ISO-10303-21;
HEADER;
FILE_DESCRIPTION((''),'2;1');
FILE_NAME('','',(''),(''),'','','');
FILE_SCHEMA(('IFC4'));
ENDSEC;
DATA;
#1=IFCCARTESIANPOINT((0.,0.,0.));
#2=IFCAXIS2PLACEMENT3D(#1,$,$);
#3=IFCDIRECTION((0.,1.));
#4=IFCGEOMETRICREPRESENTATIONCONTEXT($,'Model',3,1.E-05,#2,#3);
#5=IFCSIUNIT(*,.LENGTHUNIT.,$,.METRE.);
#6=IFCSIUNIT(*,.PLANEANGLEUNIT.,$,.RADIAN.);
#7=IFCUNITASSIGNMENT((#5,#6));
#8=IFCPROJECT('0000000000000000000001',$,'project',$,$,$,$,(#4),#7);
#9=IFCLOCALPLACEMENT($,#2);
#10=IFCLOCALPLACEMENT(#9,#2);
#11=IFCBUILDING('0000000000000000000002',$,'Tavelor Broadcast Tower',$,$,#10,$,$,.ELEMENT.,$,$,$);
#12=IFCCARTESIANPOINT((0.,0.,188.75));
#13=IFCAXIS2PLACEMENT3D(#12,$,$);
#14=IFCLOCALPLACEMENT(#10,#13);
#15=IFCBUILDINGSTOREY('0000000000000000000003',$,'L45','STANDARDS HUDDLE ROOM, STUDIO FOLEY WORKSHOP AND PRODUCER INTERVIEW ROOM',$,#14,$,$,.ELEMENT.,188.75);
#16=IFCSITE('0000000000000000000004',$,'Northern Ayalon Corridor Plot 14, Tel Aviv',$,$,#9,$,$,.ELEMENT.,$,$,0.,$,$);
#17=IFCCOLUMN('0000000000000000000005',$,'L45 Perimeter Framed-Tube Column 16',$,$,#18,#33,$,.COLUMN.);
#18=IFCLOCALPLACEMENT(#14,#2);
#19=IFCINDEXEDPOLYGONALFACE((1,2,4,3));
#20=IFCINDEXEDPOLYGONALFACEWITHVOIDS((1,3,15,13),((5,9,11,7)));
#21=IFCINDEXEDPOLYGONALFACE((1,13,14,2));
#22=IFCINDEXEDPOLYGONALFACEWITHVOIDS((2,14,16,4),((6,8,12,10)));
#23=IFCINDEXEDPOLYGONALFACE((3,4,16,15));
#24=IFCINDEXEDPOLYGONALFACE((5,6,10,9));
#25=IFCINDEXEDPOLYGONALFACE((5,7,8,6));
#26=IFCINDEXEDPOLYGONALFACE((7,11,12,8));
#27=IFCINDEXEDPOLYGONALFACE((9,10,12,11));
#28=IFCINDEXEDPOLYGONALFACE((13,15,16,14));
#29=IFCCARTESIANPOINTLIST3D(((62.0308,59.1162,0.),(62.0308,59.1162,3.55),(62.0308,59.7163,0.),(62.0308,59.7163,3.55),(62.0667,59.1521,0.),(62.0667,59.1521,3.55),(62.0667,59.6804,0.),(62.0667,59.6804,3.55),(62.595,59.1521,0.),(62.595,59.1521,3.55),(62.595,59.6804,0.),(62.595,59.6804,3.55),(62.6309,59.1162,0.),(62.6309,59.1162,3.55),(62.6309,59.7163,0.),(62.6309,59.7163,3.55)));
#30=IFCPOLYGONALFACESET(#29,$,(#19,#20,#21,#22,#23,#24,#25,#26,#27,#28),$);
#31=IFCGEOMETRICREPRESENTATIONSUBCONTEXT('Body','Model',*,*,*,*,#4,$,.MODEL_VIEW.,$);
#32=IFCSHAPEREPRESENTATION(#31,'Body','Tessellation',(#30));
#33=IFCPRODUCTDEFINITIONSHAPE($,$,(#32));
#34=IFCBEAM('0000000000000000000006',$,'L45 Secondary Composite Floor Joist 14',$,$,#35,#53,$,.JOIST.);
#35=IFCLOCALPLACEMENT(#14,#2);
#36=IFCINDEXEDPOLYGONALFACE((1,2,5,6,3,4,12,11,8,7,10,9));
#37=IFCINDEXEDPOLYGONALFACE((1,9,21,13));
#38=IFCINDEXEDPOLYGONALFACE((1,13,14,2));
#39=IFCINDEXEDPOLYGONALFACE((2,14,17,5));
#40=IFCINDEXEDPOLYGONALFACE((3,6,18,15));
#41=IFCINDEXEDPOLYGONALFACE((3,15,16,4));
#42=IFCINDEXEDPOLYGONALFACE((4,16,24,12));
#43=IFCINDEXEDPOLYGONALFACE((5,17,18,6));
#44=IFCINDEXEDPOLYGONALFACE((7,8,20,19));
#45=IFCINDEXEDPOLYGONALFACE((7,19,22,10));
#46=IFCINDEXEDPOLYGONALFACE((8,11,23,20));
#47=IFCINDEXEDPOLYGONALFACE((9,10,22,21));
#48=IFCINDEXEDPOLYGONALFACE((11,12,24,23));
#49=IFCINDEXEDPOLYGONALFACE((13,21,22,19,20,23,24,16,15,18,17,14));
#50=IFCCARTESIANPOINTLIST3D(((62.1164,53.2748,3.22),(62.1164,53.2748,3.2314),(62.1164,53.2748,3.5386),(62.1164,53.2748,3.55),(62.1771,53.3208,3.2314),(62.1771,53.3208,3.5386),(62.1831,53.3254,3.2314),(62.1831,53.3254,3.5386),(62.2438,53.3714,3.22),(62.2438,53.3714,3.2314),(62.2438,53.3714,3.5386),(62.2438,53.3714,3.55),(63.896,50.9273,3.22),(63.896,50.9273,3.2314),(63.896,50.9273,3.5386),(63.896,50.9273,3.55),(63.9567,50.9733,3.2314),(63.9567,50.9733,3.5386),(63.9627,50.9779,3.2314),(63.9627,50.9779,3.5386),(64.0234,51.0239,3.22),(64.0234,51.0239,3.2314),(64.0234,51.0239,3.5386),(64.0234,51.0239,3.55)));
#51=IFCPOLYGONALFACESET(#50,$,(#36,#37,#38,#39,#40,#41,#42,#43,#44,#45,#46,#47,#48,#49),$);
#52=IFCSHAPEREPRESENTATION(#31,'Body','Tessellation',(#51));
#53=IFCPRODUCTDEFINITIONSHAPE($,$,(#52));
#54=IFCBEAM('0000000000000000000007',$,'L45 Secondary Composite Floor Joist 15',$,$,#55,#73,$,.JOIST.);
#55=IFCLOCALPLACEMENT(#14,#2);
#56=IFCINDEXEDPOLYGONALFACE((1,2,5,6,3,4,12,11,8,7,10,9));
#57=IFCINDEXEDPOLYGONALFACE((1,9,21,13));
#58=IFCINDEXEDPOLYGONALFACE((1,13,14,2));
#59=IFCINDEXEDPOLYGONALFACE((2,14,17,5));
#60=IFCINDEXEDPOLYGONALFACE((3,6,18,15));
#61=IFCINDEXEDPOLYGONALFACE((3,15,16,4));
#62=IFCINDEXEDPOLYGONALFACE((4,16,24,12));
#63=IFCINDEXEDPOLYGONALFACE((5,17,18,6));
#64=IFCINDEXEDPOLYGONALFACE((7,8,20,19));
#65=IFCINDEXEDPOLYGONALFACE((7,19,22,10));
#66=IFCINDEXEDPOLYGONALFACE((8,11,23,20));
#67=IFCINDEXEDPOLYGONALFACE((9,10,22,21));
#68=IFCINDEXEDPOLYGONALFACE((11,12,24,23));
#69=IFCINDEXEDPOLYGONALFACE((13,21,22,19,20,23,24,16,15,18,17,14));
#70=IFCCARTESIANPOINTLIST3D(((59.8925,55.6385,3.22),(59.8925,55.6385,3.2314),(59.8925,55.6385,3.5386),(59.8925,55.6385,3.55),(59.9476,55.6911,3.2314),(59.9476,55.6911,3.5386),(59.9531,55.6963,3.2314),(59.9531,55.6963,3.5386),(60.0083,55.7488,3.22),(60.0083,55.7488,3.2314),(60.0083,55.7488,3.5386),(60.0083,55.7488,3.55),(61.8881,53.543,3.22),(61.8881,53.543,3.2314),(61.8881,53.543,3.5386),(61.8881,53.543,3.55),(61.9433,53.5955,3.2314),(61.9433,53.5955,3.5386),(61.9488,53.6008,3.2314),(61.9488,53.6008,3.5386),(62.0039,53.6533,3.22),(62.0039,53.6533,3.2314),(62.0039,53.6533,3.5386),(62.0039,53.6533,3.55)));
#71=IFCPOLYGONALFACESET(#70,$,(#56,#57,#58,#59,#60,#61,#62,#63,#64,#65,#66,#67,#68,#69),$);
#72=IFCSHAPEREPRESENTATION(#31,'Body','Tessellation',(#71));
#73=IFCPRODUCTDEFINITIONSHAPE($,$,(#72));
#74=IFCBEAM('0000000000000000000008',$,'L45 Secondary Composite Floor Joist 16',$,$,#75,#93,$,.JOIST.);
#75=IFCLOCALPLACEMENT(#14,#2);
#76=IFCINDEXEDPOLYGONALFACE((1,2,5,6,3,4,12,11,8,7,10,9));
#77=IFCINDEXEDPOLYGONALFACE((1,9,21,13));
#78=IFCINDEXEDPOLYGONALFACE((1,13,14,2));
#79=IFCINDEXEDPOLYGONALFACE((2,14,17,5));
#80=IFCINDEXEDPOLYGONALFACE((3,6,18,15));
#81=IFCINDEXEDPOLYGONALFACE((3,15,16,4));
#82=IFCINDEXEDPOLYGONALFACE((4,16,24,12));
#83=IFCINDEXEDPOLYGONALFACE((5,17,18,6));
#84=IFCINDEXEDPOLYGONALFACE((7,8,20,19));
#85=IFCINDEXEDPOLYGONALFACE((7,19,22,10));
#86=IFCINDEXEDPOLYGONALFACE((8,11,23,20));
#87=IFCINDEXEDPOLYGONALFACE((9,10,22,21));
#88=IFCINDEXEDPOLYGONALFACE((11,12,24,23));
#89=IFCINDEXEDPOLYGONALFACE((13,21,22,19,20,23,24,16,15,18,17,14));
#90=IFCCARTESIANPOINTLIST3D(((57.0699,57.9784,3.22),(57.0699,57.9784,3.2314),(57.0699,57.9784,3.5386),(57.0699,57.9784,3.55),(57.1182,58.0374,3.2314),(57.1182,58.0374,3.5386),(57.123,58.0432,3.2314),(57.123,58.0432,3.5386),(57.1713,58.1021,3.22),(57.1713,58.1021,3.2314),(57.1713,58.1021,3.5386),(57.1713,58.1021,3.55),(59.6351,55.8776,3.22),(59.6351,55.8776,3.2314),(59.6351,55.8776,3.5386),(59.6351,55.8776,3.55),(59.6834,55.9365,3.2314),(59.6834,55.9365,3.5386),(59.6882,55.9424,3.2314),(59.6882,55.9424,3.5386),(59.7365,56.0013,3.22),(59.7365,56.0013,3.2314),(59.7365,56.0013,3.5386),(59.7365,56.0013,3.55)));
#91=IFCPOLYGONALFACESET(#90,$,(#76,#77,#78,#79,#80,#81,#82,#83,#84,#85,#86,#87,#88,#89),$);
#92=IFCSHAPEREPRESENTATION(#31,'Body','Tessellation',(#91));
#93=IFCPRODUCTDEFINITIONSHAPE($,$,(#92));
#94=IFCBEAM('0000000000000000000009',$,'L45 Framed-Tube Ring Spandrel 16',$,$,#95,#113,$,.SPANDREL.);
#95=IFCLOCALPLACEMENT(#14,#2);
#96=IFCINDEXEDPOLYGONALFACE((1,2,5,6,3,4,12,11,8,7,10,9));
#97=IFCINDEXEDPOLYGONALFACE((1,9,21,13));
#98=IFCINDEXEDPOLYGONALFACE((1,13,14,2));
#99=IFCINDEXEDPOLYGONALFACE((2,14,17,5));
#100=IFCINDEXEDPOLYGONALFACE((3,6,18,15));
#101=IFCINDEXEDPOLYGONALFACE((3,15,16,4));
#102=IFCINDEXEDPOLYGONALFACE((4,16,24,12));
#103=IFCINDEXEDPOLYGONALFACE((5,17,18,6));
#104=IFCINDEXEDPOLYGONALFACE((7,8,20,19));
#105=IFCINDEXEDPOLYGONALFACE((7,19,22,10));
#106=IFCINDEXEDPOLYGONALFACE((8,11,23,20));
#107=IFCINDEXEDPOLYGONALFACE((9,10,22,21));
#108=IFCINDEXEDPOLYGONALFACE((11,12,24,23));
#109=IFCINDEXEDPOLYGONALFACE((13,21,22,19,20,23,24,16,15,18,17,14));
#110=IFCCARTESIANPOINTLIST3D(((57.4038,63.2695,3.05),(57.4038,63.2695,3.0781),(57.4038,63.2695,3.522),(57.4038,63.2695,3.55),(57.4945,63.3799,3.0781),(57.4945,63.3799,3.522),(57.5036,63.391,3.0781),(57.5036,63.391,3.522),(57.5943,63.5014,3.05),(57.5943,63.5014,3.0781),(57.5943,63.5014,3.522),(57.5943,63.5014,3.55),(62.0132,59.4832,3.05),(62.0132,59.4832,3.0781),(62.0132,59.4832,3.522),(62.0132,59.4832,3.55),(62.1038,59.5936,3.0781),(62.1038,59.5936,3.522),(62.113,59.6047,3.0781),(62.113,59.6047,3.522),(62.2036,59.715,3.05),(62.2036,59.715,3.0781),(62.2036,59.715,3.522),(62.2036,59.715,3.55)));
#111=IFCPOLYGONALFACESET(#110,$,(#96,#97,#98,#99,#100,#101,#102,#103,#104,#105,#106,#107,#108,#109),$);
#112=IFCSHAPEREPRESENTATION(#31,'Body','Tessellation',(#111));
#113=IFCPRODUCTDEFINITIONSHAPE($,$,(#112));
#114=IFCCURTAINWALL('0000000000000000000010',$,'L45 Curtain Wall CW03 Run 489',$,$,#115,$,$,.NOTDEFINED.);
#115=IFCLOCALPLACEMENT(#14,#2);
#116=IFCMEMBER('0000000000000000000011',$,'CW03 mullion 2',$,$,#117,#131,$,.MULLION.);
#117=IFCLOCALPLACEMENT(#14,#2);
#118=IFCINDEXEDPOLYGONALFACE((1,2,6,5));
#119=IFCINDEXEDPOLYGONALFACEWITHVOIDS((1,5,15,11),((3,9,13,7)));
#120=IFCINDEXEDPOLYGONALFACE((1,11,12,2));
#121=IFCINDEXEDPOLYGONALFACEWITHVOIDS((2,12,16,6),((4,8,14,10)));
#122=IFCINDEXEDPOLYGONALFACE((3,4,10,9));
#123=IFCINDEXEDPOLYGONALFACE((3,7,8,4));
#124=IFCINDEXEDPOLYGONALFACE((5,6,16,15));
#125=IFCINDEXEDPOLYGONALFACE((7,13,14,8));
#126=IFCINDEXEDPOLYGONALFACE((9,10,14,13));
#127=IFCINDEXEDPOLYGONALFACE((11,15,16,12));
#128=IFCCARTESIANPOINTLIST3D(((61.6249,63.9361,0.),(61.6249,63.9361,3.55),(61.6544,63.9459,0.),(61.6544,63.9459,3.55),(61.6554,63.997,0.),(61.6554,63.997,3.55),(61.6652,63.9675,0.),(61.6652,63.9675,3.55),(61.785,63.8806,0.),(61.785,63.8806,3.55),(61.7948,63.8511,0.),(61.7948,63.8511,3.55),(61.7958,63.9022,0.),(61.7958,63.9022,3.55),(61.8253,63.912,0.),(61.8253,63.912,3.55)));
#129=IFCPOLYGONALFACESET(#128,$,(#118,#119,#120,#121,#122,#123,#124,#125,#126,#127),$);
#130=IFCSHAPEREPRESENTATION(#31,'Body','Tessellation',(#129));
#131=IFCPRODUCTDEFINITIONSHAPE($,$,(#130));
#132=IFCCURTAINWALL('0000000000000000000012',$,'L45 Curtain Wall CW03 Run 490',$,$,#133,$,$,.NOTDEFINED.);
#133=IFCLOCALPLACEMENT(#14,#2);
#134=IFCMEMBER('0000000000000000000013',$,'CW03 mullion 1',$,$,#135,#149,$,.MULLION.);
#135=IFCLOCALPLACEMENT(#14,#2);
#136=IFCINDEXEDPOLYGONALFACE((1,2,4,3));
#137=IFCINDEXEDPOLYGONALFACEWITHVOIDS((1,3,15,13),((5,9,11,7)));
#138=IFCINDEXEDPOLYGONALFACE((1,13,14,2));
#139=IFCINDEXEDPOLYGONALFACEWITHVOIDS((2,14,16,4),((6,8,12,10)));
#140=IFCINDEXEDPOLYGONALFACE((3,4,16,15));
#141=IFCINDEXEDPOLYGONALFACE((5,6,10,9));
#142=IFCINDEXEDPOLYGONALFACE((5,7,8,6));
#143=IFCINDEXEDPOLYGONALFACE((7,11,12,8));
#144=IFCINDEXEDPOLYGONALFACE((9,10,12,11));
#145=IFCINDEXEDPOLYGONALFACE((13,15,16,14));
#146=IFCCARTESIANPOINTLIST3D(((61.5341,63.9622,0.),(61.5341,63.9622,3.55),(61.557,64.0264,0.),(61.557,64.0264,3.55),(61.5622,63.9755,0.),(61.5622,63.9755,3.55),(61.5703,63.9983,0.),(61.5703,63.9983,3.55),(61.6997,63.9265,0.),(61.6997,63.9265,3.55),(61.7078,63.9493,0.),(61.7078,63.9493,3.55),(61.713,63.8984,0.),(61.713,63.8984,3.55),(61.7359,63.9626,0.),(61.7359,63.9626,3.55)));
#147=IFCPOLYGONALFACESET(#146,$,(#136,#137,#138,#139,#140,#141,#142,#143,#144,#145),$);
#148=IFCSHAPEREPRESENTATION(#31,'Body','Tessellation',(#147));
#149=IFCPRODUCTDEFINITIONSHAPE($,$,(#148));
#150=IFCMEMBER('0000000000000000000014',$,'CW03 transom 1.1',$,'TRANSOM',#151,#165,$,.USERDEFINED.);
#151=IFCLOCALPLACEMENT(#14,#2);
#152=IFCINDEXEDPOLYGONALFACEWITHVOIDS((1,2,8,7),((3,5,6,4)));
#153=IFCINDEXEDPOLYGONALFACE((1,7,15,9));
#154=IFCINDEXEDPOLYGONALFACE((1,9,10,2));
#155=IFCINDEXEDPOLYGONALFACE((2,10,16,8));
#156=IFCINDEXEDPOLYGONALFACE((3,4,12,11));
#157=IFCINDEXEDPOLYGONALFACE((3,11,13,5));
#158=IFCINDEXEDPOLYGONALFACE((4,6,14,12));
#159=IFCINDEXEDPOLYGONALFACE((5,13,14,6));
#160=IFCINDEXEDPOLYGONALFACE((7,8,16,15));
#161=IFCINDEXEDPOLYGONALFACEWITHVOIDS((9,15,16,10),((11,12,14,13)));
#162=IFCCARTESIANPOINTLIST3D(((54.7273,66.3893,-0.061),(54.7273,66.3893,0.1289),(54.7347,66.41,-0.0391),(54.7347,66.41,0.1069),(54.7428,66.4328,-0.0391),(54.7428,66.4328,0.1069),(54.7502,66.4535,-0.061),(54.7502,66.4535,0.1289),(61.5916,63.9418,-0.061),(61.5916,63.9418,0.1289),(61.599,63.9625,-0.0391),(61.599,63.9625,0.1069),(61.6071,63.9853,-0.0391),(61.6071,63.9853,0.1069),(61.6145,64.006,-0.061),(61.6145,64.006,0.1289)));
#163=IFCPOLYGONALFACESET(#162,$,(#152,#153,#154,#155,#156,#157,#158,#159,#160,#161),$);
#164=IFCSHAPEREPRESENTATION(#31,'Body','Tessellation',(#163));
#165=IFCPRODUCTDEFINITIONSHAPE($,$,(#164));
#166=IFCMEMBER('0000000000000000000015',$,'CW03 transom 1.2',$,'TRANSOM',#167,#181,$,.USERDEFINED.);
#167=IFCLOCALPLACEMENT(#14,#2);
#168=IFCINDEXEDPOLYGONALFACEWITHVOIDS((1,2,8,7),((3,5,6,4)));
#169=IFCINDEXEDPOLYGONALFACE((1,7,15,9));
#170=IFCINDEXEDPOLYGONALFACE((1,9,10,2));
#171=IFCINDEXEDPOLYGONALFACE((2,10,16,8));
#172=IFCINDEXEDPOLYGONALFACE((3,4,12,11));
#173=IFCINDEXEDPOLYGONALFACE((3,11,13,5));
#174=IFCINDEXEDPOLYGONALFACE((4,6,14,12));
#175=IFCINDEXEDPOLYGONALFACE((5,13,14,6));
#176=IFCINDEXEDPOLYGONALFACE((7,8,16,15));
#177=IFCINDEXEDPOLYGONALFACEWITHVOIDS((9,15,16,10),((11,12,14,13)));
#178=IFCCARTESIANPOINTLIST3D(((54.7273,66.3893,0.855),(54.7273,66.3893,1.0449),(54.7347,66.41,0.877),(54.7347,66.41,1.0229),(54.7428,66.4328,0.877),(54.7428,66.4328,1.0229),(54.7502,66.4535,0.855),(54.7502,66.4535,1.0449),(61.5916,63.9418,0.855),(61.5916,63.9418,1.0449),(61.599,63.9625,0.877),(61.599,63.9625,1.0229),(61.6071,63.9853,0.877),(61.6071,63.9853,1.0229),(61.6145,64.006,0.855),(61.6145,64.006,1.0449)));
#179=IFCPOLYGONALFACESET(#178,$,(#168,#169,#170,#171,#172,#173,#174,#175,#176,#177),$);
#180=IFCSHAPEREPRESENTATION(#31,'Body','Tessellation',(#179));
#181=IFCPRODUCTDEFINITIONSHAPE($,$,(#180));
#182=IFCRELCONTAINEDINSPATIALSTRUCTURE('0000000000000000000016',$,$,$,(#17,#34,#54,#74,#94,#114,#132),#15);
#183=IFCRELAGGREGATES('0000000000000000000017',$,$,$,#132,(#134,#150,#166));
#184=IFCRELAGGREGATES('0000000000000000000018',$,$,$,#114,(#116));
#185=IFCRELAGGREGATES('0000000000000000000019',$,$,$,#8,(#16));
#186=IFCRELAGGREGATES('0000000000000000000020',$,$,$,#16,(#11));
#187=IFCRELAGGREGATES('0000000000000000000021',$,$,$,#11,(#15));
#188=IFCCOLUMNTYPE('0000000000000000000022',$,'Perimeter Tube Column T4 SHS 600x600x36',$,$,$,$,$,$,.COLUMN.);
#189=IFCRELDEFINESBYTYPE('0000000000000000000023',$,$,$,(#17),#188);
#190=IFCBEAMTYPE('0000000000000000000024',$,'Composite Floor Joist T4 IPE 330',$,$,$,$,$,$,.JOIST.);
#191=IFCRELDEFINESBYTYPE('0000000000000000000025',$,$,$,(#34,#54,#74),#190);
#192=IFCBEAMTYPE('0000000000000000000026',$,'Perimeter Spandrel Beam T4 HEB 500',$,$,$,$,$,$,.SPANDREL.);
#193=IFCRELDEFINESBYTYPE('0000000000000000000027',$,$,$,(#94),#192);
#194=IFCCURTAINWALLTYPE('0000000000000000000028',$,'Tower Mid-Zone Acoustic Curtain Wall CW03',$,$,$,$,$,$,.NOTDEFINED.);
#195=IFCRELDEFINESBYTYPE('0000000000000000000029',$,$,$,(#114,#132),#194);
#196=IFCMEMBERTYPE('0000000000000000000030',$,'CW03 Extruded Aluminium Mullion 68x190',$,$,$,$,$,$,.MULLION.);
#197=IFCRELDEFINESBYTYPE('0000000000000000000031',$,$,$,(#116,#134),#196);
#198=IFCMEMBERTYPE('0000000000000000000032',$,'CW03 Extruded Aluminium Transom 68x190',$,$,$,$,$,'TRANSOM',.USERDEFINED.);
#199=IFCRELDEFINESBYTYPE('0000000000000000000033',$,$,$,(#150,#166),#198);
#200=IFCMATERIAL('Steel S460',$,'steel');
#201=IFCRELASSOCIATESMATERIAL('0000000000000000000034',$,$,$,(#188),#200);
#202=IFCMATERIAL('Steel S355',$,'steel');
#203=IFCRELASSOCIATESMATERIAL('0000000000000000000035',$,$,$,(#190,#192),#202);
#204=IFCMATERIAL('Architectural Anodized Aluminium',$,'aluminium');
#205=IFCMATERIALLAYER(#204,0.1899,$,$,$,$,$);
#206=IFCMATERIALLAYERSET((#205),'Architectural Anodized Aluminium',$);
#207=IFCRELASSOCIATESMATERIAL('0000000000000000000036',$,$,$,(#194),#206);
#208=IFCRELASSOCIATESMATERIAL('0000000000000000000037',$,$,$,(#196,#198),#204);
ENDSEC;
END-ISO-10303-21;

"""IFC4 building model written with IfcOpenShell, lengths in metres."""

from ifc_helpers import new_model, si_unit, direction, frame, origin, origin_2d, place, context, subcontext, project, spatial, hollow_rectangle, i_section, extrude, source, transform, mapped, material, layer, layer_set, material_profile, profile_set, type_object, type_shapes, element, aggregate, save


model = new_model("IFC4")

# Units and contexts
model_context = context("Model", 3, precision=1e-05, world=origin(), true_north=direction((0.0, 1.0)))
body_context = subcontext(model_context, "Body", "Model", "MODEL_VIEW")
ifc_project = project(units=[si_unit("LENGTHUNIT", "METRE"), si_unit("PLANEANGLEUNIT", "RADIAN")], contexts=[model_context])

# Site, building, storey
site_placement = place(None, origin())
site = spatial("IfcSite", under=ifc_project, at=site_placement, Name="Northern Ayalon Corridor Plot 14, Tel Aviv", CompositionType="ELEMENT", RefElevation=0.0)
building_placement = place(site_placement, origin())
building = spatial("IfcBuilding", under=site, at=building_placement, Name="Tavelor Broadcast Tower", CompositionType="ELEMENT")
storey_placement = place(building_placement, frame((0.0, 0.0, 188.75)))
storey = spatial("IfcBuildingStorey", under=building, at=storey_placement, Name="L45", Description="STANDARDS HUDDLE ROOM, STUDIO FOLEY WORKSHOP AND PRODUCER INTERVIEW ROOM", CompositionType="ELEMENT", Elevation=188.75)

# Column
ifc_material_1 = material(Name="Steel S460", Category="steel")
ifc_material_profile_1 = material_profile(ifc_material_1, hollow_rectangle(XDim=0.6001, YDim=0.6001, WallThickness=0.0359, at=origin_2d()), Name="SHS 600x600x36")
ifc_profile_set_1 = profile_set([ifc_material_profile_1], Name="Steel S460")
column_type = type_object("IfcColumnType", Name="Perimeter Tube Column T4 SHS 600x600x36", PredefinedType="COLUMN", material=ifc_profile_set_1)
column_placement = place(storey_placement, frame((62.3308, 59.4163, 0.0), z_axis=(0.0, 0.0, 1.0), x_axis=(1.0, 0.0, 0.0)))
element("IfcColumn", 1, at=column_placement, inside=storey, type_object=column_type, Name="L45 Perimeter Framed-Tube Column 16", PredefinedType="COLUMN", context=body_context, shape_type="SweptSolid", body=[
    extrude(hollow_rectangle(XDim=0.6001, YDim=0.6001, WallThickness=0.0359, at=origin_2d()), origin(), (0.0, 0.0, 1.0), 3.55),
])

# Beams
ifc_material_2 = material(Name="Steel S355", Category="steel")
ifc_material_profile_2 = material_profile(ifc_material_2, i_section(OverallWidth=0.1599, OverallDepth=0.3301, WebThickness=0.0076, FlangeThickness=0.0115, at=origin_2d()), Name="IPE 330")
ifc_profile_set_2 = profile_set([ifc_material_profile_2], Name="Steel S355")
beam_type_1 = type_object("IfcBeamType", Name="Composite Floor Joist T4 IPE 330", PredefinedType="JOIST", material=ifc_profile_set_2)
beam_1_placement = place(storey_placement, frame((63.9597, 50.9756, 3.385), z_axis=(-0.604116, 0.796896, 0.0), x_axis=(-0.796896, -0.604116, 0.0)))
element("IfcBeam", 2, at=beam_1_placement, inside=storey, type_object=beam_type_1, Name="L45 Secondary Composite Floor Joist 14", PredefinedType="JOIST", context=body_context, shape_type="SweptSolid", body=[
    extrude(i_section(OverallWidth=0.1599, OverallDepth=0.3301, WebThickness=0.0076, FlangeThickness=0.0115, at=origin_2d()), origin(), (0.0, 0.0, 1.0), 2.9458),
])
beam_2_placement = place(storey_placement, frame((61.946, 53.5981, 3.385), z_axis=(-0.689643, 0.72415, 0.0), x_axis=(-0.72415, -0.689643, 0.0)))
element("IfcBeam", 3, at=beam_2_placement, inside=storey, type_object=beam_type_1, Name="L45 Secondary Composite Floor Joist 15", PredefinedType="JOIST", context=body_context, shape_type="SweptSolid", body=[
    extrude(i_section(OverallWidth=0.1599, OverallDepth=0.3301, WebThickness=0.0076, FlangeThickness=0.0115, at=origin_2d()), origin(), (0.0, 0.0, 1.0), 2.8938),
])
beam_3_placement = place(storey_placement, frame((59.6858, 55.9395, 3.385), z_axis=(-0.773655, 0.633607, 0.0), x_axis=(-0.633607, -0.773655, 0.0)))
element("IfcBeam", 4, at=beam_3_placement, inside=storey, type_object=beam_type_1, Name="L45 Secondary Composite Floor Joist 16", PredefinedType="JOIST", context=body_context, shape_type="SweptSolid", body=[
    extrude(i_section(OverallWidth=0.1599, OverallDepth=0.3301, WebThickness=0.0076, FlangeThickness=0.0115, at=origin_2d()), origin(), (0.0, 0.0, 1.0), 3.3157),
])
ifc_material_profile_3 = material_profile(ifc_material_2, i_section(OverallWidth=0.3, OverallDepth=0.5, WebThickness=0.0144, FlangeThickness=0.0281, at=origin_2d()), Name="HEB 500")
ifc_profile_set_3 = profile_set([ifc_material_profile_3], Name="Steel S355")
beam_type_2 = type_object("IfcBeamType", Name="Perimeter Spandrel Beam T4 HEB 500", PredefinedType="SPANDREL", material=ifc_profile_set_3)
beam_4_placement = place(storey_placement, frame((62.1084, 59.5991, 3.3), z_axis=(-0.772718, 0.63475, 0.0), x_axis=(-0.63475, -0.772718, 0.0)))
element("IfcBeam", 5, at=beam_4_placement, inside=storey, type_object=beam_type_2, Name="L45 Framed-Tube Ring Spandrel 16", PredefinedType="SPANDREL", context=body_context, shape_type="SweptSolid", body=[
    extrude(i_section(OverallWidth=0.3, OverallDepth=0.5, WebThickness=0.0144, FlangeThickness=0.0281, at=origin_2d()), origin(), (0.0, 0.0, 1.0), 5.9651),
])

# Curtain wall, member
ifc_material_3 = material(Name="Architectural Anodized Aluminium", Category="aluminium")
ifc_layer_1 = layer(ifc_material_3, 0.1899)
ifc_layer_set_1 = layer_set([ifc_layer_1], Name="Architectural Anodized Aluminium")
curtain_wall_type = type_object("IfcCurtainWallType", Name="Tower Mid-Zone Acoustic Curtain Wall CW03", PredefinedType="NOTDEFINED", material=ifc_layer_set_1)
curtain_wall_1_placement = place(storey_placement, origin())
curtain_wall_1 = element("IfcCurtainWall", 6, at=curtain_wall_1_placement, inside=storey, type_object=curtain_wall_type, Name="L45 Curtain Wall CW03 Run 489", PredefinedType="NOTDEFINED")
ifc_material_profile_4 = material_profile(ifc_material_3, hollow_rectangle(XDim=0.0681, YDim=0.1899, WallThickness=0.022, at=origin_2d()), Name="RHS 68x190x22")
ifc_profile_set_4 = profile_set([ifc_material_profile_4], Name="Architectural Anodized Aluminium")
member_type_1 = type_object("IfcMemberType", Name="CW03 Extruded Aluminium Mullion 68x190", PredefinedType="MULLION", material=ifc_profile_set_4)
shared_shape_1 = source(origin(), body_context, "Body", "SweptSolid", [
    extrude(hollow_rectangle(XDim=0.0681, YDim=0.1899, WallThickness=0.022, at=origin_2d()), origin(), (0.0, 0.0, 1.0), 3.55),
])
type_shapes(member_type_1, [shared_shape_1])
member_1_placement = place(storey_placement, frame((61.7251, 63.9241, 0.0), z_axis=(0.0, 0.0, 1.0), x_axis=(-0.44737, -0.894349, 0.0)))
member_1 = element("IfcMember", 7, at=member_1_placement, type_object=member_type_1, Name="CW03 mullion 2", PredefinedType="MULLION", context=body_context, shape_type="MappedRepresentation", body=[
    mapped(shared_shape_1, transform((0.0, 0.0, 0.0), scale=1.0)),
])

# Curtain wall, members
curtain_wall_2_placement = place(storey_placement, origin())
curtain_wall_2 = element("IfcCurtainWall", 8, at=curtain_wall_2_placement, inside=storey, type_object=curtain_wall_type, Name="L45 Curtain Wall CW03 Run 490", PredefinedType="NOTDEFINED")
member_2_placement = place(storey_placement, frame((61.635, 63.9624, 0.0), z_axis=(0.0, 0.0, 1.0), x_axis=(-0.335864, -0.94191, 0.0)))
member_2 = element("IfcMember", 9, at=member_2_placement, type_object=member_type_1, Name="CW03 mullion 1", PredefinedType="MULLION", context=body_context, shape_type="MappedRepresentation", body=[
    mapped(shared_shape_1, transform((0.0, 0.0, 0.0), scale=1.0)),
])
ifc_material_profile_5 = material_profile(ifc_material_3, hollow_rectangle(XDim=0.0681, YDim=0.1899, WallThickness=0.022, at=origin_2d()), Name="RHS 68x190x22")
ifc_profile_set_5 = profile_set([ifc_material_profile_5], Name="Architectural Anodized Aluminium")
member_type_2 = type_object("IfcMemberType", Name="CW03 Extruded Aluminium Transom 68x190", ElementType="TRANSOM", PredefinedType="USERDEFINED", material=ifc_profile_set_5)
shared_shape_2 = source(origin(), body_context, "Body", "SweptSolid", [
    extrude(hollow_rectangle(XDim=0.0681, YDim=0.1899, WallThickness=0.022, at=origin_2d()), origin(), (0.0, 0.0, 1.0), 7.2876),
])
type_shapes(member_type_2, [shared_shape_2])
member_3_placement = place(storey_placement, frame((61.603, 63.9739, 0.0339), z_axis=(-0.941916, 0.335848, 0.0), x_axis=(-0.335848, -0.941916, 0.0)))
member_3 = element("IfcMember", 10, at=member_3_placement, type_object=member_type_2, Name="CW03 transom 1.1", ObjectType="TRANSOM", PredefinedType="USERDEFINED", context=body_context, shape_type="MappedRepresentation", body=[
    mapped(shared_shape_2, transform((0.0, 0.0, 0.0), scale=1.0)),
])
member_4_placement = place(storey_placement, frame((61.603, 63.9739, 0.95), z_axis=(-0.941916, 0.335848, 0.0), x_axis=(-0.335848, -0.941916, 0.0)))
member_4 = element("IfcMember", 11, at=member_4_placement, type_object=member_type_2, Name="CW03 transom 1.2", ObjectType="TRANSOM", PredefinedType="USERDEFINED", context=body_context, shape_type="MappedRepresentation", body=[
    mapped(shared_shape_2, transform((0.0, 0.0, 0.0), scale=1.0)),
])

aggregate(curtain_wall_2, [member_2, member_3, member_4])
aggregate(curtain_wall_1, [member_1])

save(model, "model.ifc")
